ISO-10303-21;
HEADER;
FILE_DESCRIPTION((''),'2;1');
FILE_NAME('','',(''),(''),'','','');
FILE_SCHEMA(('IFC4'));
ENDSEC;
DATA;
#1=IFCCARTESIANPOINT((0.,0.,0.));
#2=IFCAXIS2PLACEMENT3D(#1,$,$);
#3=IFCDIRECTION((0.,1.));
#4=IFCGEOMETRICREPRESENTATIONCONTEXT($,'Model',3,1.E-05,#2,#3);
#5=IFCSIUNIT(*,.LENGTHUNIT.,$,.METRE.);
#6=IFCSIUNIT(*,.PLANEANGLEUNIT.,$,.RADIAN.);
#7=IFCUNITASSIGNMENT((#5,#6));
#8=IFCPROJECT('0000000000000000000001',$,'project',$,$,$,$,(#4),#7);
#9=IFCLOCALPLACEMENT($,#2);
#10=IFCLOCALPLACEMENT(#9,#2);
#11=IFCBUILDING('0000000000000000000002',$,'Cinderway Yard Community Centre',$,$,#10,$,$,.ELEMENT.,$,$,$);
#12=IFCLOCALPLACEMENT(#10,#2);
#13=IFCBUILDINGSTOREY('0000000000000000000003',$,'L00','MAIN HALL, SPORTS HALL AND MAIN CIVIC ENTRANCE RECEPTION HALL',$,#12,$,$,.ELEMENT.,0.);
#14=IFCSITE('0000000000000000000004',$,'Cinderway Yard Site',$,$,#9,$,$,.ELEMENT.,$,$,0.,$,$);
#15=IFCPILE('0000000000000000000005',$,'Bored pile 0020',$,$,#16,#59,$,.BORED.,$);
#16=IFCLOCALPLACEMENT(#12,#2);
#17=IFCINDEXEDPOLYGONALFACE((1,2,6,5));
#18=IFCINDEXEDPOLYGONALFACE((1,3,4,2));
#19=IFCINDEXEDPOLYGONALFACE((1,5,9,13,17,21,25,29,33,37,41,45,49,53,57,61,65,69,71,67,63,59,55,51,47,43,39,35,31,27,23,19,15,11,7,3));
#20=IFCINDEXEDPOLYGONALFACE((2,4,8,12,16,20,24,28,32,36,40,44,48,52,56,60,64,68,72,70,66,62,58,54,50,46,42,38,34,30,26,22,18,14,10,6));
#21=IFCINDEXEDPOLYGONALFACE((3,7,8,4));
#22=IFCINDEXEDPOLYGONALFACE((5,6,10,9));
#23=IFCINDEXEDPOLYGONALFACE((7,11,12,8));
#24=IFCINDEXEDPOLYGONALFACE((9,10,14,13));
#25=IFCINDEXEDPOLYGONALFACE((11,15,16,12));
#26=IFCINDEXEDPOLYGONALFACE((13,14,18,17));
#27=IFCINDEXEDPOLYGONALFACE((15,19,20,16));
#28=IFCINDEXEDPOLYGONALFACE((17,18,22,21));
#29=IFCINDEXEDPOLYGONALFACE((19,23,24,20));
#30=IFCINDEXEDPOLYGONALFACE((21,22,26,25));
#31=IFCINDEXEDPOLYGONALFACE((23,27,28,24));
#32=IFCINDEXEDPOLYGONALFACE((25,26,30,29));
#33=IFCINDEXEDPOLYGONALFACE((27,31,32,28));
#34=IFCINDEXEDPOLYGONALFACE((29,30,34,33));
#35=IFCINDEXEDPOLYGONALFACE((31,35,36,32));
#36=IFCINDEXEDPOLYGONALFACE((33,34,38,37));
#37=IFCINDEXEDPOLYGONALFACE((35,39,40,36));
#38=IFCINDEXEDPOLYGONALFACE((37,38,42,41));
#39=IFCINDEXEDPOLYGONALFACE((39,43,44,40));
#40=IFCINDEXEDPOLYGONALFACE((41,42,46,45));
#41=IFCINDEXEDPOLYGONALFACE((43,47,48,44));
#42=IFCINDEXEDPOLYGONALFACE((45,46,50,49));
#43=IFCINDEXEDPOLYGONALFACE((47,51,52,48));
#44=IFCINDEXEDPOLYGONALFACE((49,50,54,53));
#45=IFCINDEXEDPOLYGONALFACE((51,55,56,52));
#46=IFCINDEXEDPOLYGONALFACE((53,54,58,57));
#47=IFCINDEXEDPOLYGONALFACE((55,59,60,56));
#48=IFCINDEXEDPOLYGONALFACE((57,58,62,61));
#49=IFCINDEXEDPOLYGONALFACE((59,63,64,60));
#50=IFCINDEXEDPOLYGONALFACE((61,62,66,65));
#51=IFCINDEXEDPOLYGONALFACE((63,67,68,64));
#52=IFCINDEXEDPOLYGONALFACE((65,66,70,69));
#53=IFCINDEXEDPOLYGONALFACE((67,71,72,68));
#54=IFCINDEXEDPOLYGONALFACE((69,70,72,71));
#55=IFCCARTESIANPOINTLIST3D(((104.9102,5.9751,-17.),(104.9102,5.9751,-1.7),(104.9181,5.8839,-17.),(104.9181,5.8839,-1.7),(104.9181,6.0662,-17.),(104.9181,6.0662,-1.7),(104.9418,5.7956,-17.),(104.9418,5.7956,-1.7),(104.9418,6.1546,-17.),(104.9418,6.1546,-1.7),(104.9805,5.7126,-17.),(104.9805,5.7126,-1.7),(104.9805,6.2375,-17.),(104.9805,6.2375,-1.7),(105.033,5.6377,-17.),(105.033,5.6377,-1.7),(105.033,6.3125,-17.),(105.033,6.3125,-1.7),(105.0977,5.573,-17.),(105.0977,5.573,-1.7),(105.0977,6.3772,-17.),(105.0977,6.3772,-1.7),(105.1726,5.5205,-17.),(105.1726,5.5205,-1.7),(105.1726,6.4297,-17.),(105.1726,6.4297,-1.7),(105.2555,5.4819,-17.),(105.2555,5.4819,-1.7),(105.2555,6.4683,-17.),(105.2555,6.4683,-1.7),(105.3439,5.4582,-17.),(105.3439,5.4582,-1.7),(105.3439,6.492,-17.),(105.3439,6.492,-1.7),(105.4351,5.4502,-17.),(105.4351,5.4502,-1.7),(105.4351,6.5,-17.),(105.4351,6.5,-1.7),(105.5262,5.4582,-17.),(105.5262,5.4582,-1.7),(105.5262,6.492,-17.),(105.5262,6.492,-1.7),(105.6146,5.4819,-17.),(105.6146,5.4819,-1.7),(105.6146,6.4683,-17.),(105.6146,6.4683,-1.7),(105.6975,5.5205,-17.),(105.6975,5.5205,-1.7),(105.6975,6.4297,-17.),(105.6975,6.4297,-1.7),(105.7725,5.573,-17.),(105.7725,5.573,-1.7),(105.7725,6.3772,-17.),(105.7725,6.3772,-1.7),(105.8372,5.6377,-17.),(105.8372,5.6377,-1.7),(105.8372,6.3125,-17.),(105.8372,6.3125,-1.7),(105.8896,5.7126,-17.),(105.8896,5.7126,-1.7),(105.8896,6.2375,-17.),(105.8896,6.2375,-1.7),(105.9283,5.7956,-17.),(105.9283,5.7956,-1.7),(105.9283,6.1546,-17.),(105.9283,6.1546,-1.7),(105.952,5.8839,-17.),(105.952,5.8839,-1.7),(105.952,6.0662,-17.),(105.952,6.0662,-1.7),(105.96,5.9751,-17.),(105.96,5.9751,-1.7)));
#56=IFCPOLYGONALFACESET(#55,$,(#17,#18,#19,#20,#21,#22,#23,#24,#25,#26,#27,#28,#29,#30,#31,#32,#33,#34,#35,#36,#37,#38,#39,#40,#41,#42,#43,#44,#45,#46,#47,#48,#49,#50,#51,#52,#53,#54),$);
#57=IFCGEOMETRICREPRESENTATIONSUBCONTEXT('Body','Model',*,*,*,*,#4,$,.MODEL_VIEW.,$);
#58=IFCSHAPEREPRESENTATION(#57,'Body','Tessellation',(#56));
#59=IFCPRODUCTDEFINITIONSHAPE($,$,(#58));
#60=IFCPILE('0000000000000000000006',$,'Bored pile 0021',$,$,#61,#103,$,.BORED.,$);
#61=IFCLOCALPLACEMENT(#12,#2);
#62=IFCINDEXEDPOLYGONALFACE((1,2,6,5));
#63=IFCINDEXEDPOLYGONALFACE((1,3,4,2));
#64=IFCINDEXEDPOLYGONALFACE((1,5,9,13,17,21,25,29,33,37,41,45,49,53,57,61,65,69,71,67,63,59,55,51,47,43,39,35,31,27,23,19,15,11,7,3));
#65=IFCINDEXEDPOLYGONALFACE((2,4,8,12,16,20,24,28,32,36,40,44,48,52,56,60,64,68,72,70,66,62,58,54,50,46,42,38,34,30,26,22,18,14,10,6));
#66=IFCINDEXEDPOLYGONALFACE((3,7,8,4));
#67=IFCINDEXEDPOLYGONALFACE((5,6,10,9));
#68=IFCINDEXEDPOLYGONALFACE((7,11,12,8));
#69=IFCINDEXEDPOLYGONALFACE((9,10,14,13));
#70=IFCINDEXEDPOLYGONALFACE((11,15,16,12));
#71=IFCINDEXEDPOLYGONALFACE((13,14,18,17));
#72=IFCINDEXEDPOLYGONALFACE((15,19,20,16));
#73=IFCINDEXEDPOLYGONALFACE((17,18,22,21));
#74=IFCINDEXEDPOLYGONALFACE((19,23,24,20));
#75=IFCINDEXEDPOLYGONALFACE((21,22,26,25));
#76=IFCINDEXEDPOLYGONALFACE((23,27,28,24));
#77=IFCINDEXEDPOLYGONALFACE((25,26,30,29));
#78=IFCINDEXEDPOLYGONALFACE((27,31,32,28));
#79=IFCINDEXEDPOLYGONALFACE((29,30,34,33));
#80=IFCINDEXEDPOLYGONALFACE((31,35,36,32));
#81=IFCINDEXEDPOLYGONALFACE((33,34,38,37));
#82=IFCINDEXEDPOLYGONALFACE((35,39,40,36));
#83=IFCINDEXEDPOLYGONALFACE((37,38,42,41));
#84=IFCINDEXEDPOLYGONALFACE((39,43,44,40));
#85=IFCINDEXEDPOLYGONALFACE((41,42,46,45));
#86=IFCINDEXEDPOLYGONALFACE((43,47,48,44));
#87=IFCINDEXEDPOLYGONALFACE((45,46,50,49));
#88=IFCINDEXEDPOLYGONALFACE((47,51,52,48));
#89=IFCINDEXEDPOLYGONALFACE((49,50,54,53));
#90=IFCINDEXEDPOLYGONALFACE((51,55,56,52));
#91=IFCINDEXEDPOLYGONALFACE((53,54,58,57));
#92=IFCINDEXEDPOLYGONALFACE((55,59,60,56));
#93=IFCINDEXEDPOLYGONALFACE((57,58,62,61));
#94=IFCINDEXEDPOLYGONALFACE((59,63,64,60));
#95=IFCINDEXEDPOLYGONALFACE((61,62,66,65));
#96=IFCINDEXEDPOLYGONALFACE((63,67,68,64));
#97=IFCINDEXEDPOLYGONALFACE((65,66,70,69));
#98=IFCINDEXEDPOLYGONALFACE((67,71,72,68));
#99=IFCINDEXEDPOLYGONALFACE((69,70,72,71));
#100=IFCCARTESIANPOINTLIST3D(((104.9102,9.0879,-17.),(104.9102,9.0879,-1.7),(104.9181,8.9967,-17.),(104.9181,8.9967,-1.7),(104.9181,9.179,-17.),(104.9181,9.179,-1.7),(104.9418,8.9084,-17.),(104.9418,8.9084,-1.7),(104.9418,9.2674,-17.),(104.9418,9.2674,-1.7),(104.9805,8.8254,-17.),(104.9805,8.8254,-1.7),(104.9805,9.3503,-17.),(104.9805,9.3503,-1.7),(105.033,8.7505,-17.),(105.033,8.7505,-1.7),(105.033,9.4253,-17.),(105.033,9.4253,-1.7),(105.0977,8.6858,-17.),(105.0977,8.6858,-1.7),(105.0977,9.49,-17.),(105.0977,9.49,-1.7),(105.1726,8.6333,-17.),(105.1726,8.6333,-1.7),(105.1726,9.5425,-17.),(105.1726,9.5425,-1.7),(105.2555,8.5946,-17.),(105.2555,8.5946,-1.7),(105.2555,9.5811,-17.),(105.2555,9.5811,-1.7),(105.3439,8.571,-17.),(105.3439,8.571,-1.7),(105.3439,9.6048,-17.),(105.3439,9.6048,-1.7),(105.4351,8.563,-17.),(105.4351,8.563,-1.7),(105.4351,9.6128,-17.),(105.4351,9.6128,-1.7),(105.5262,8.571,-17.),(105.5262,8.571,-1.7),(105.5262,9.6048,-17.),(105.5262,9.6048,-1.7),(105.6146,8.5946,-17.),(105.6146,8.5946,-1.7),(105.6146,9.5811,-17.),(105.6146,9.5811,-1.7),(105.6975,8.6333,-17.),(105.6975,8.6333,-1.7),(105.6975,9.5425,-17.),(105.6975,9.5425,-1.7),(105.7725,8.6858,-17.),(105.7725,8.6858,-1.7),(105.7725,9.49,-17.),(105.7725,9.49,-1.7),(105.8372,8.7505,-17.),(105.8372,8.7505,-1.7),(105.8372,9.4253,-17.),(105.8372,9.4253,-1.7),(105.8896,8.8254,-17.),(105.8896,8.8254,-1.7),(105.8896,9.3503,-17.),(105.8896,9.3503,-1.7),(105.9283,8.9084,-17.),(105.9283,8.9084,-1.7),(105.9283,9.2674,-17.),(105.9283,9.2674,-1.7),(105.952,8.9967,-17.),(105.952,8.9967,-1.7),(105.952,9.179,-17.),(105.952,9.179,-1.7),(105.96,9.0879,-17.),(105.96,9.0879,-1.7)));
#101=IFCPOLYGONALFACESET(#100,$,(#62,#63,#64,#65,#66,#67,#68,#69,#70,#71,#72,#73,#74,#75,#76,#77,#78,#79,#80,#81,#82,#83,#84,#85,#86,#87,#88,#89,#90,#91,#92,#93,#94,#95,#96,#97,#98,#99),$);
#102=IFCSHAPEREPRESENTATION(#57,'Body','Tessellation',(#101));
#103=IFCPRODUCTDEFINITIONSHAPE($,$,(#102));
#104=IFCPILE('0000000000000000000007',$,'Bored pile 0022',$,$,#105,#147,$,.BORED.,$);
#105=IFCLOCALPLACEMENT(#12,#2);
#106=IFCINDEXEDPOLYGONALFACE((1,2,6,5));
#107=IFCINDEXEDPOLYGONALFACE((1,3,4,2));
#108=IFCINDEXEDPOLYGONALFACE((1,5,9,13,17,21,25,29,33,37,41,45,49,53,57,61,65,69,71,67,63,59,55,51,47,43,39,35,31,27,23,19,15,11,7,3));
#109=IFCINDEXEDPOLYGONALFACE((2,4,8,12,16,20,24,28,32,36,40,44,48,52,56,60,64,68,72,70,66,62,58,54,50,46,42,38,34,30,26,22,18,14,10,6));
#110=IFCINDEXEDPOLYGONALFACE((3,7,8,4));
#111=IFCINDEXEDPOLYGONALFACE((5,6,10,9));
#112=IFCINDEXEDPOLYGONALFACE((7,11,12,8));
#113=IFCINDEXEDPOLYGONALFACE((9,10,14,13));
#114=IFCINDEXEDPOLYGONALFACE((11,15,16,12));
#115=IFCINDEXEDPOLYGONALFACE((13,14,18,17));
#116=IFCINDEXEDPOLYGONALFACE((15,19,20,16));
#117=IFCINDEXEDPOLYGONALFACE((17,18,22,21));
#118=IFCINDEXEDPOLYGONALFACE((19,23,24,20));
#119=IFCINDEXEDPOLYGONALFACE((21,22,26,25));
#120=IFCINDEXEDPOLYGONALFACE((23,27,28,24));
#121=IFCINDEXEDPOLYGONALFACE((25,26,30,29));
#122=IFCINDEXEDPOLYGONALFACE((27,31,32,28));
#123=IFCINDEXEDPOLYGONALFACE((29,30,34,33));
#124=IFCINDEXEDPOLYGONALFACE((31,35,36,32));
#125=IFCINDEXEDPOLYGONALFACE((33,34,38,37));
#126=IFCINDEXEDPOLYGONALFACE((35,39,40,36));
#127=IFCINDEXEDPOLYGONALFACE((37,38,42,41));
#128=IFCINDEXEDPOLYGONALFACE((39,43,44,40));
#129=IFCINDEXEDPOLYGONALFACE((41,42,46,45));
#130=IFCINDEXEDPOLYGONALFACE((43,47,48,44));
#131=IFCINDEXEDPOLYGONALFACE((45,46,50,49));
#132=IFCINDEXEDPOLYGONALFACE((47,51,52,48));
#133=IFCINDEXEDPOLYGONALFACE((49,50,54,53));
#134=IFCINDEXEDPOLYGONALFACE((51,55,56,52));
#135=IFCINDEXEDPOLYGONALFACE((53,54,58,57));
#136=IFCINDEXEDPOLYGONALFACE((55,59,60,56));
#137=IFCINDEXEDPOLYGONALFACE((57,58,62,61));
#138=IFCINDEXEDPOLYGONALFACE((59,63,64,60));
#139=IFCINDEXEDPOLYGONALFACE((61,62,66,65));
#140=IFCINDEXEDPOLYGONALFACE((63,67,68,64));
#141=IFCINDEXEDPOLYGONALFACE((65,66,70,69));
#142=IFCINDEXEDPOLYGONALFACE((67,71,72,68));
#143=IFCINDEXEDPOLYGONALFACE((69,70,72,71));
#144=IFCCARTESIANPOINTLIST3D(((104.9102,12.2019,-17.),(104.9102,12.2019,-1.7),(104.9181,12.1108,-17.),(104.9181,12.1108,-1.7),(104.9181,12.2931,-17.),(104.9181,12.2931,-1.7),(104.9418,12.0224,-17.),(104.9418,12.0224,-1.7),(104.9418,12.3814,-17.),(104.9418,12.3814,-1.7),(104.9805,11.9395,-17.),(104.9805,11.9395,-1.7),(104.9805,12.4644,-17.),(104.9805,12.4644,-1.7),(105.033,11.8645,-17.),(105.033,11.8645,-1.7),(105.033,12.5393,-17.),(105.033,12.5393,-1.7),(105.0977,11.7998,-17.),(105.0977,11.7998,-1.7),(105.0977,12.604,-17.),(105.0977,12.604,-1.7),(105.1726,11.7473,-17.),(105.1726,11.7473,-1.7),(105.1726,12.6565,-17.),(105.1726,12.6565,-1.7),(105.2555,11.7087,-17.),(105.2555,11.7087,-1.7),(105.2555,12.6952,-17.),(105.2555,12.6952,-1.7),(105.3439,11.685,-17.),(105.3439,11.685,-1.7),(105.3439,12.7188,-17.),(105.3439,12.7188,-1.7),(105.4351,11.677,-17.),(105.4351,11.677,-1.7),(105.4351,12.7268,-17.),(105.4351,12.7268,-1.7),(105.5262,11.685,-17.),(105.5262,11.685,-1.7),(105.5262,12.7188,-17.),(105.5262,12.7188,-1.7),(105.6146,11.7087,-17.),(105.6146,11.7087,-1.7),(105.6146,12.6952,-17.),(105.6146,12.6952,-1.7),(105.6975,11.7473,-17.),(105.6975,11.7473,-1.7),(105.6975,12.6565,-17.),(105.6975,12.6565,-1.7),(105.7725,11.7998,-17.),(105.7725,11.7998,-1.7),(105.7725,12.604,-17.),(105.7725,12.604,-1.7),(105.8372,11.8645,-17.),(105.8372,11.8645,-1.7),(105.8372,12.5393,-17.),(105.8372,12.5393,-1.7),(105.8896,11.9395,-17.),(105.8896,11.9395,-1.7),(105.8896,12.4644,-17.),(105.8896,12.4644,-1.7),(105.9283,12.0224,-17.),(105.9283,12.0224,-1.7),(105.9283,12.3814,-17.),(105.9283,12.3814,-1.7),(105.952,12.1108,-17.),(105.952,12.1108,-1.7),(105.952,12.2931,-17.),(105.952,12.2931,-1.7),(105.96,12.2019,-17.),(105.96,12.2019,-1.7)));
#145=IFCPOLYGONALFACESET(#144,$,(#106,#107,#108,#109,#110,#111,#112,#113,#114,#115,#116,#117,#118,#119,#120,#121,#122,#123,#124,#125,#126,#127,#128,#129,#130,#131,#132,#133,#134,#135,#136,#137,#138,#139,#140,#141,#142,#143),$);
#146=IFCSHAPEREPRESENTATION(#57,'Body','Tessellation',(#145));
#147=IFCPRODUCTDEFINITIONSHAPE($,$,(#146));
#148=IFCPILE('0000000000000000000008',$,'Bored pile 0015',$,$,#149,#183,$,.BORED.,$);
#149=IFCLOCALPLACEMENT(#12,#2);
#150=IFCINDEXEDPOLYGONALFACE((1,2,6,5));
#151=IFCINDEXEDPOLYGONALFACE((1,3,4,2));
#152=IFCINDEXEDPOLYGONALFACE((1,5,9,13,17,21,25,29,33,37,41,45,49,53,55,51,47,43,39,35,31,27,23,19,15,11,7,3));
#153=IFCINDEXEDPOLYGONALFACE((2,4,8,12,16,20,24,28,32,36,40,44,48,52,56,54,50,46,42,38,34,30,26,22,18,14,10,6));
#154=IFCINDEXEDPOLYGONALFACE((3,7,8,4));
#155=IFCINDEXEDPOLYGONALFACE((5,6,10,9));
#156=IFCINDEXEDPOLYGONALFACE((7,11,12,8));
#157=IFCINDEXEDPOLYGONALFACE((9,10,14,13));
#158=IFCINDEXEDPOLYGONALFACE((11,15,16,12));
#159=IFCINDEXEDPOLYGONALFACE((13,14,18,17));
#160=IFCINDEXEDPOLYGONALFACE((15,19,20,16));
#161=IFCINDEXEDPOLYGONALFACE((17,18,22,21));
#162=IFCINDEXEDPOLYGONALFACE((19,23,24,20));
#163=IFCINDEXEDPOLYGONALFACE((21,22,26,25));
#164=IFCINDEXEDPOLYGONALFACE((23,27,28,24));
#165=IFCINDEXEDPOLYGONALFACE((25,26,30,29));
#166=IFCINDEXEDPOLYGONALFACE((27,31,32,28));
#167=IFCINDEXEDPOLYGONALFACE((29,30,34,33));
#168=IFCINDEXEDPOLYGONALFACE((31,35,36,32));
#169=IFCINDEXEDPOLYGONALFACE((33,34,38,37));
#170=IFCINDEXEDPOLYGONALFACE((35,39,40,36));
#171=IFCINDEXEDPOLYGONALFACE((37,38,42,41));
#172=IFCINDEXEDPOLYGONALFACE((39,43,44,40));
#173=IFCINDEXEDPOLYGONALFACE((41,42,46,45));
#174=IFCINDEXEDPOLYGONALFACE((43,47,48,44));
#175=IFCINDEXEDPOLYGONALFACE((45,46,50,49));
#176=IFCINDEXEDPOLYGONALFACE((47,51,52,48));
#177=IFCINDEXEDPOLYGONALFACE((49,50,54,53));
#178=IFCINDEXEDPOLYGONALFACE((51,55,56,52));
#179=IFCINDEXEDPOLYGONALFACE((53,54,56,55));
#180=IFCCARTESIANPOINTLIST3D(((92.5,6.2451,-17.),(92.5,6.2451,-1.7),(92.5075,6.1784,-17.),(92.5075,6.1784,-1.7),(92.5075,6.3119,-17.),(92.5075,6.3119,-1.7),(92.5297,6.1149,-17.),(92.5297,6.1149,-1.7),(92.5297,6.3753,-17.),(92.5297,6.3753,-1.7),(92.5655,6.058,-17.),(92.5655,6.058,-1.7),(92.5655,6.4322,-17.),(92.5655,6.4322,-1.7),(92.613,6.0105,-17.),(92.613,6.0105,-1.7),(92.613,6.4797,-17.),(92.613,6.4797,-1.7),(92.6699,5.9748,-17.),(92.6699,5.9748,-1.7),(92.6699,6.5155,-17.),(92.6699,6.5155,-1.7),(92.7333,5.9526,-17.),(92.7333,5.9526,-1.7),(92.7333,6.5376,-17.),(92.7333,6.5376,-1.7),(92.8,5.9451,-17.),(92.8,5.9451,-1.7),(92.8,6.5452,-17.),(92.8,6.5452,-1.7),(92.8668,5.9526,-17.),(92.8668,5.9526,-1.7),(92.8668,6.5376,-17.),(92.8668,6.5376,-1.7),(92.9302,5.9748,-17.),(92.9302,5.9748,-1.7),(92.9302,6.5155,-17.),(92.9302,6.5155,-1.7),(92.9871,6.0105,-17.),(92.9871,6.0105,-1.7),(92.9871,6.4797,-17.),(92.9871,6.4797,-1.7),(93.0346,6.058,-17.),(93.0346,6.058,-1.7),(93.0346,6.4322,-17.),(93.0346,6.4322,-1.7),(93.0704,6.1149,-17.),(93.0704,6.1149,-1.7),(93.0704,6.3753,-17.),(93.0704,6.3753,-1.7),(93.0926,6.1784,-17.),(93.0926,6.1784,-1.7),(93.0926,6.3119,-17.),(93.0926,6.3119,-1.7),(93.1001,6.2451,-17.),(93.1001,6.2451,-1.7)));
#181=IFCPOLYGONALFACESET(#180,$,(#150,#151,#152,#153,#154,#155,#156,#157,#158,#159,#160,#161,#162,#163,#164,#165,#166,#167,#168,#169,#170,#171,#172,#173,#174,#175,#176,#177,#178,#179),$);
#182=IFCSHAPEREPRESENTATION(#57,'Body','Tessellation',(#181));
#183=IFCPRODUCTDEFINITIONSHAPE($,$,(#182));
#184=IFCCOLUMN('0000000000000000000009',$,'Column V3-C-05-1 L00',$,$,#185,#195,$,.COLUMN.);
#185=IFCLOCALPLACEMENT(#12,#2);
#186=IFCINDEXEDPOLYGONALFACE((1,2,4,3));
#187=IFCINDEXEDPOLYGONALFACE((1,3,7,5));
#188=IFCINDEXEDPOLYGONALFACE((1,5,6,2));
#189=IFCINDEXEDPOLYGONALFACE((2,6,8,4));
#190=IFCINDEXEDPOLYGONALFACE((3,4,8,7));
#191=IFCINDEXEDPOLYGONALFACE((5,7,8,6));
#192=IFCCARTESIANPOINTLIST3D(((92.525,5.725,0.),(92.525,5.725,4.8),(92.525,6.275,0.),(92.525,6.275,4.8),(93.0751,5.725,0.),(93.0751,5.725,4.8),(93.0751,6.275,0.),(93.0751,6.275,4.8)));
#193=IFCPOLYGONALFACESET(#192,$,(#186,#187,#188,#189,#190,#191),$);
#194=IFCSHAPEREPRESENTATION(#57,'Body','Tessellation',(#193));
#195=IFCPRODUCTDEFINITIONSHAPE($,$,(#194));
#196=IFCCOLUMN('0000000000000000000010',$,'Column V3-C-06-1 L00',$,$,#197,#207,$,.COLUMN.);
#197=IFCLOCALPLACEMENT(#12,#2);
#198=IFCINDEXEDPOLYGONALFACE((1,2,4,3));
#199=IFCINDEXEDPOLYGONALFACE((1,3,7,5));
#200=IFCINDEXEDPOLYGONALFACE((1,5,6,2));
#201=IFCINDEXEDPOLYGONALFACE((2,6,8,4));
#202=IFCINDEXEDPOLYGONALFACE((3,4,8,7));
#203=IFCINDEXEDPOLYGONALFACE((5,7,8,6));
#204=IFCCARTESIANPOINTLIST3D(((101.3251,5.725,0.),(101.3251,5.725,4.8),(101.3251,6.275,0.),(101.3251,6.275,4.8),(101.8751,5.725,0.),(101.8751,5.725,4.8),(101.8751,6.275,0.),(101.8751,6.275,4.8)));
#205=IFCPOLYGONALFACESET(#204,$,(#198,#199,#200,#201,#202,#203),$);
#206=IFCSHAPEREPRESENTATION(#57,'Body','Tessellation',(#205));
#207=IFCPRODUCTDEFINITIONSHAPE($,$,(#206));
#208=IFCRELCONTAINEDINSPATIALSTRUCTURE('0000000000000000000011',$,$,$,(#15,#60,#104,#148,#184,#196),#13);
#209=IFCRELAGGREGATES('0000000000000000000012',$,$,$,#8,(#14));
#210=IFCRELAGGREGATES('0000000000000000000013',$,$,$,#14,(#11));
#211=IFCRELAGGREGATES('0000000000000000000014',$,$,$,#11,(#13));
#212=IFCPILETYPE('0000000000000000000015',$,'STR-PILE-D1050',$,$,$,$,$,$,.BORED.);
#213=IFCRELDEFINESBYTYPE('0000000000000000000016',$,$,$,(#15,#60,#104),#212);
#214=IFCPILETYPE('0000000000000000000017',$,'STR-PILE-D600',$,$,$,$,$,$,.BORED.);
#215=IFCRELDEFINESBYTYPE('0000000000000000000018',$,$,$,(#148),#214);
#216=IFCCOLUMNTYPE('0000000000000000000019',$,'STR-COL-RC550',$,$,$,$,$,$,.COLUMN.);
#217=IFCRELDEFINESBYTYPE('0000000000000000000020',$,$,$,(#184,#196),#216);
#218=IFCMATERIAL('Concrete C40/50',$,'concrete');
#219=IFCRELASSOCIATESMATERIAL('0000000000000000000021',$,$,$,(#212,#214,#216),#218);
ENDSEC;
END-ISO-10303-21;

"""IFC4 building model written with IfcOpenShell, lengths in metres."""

from ifc_helpers import new_model, si_unit, direction, frame, origin, origin_2d, place, context, subcontext, project, spatial, rectangle, circle, extrude, material, material_profile, profile_set, type_object, element, save


model = new_model("IFC4")

# Units and contexts
model_context = context("Model", 3, precision=1e-05, world=origin(), true_north=direction((0.0, 1.0)))
body_context = subcontext(model_context, "Body", "Model", "MODEL_VIEW")
ifc_project = project(units=[si_unit("LENGTHUNIT", "METRE"), si_unit("PLANEANGLEUNIT", "RADIAN")], contexts=[model_context])

# Site, building, storey
site_placement = place(None, origin())
site = spatial("IfcSite", under=ifc_project, at=site_placement, Name="Cinderway Yard Site", CompositionType="ELEMENT", RefElevation=0.0)
building_placement = place(site_placement, origin())
building = spatial("IfcBuilding", under=site, at=building_placement, Name="Cinderway Yard Community Centre", CompositionType="ELEMENT")
storey_placement = place(building_placement, origin())
storey = spatial("IfcBuildingStorey", under=building, at=storey_placement, Name="L00", Description="MAIN HALL, SPORTS HALL AND MAIN CIVIC ENTRANCE RECEPTION HALL", CompositionType="ELEMENT", Elevation=0.0)

# Shared definitions
ifc_material_1 = material(Name="Concrete C40/50", Category="concrete")

# Piles
ifc_material_profile_1 = material_profile(ifc_material_1, circle(Radius=0.5249, at=origin_2d()), Name="Concrete C40/50")
ifc_profile_set_1 = profile_set([ifc_material_profile_1], Name="Concrete C40/50")
pile_type_1 = type_object("IfcPileType", Name="STR-PILE-D1050", PredefinedType="BORED", material=ifc_profile_set_1)
for number, where, z_axis, x_axis, name in (
    (1, (105.4351, 5.9751, -1.7), (0.0, 0.0, -1.0), (1.0, 0.0, 0.0), "Bored pile 0020"),
    (2, (105.4351, 9.0879, -1.7), (0.0, 0.0, -1.0), (1.0, 0.0, 0.0), "Bored pile 0021"),
    (3, (105.4351, 12.2019, -1.7), (0.0, 0.0, -1.0), (1.0, 0.0, 0.0), "Bored pile 0022"),
):
    element("IfcPile", number, at=place(storey_placement, frame(where, z_axis=z_axis, x_axis=x_axis)), inside=storey, type_object=pile_type_1, Name=name, PredefinedType="BORED", context=body_context, shape_type="SweptSolid", body=[
        extrude(circle(Radius=0.5249, at=origin_2d()), origin(), (0.0, 0.0, 1.0), 15.3),
    ])
ifc_material_profile_2 = material_profile(ifc_material_1, circle(Radius=0.3, at=origin_2d()), Name="Concrete C40/50")
ifc_profile_set_2 = profile_set([ifc_material_profile_2], Name="Concrete C40/50")
pile_type_2 = type_object("IfcPileType", Name="STR-PILE-D600", PredefinedType="BORED", material=ifc_profile_set_2)
pile_placement = place(storey_placement, frame((92.8, 6.2451, -1.7), z_axis=(0.0, 0.0, -1.0), x_axis=(1.0, 0.0, 0.0)))
element("IfcPile", 4, at=pile_placement, inside=storey, type_object=pile_type_2, Name="Bored pile 0015", PredefinedType="BORED", context=body_context, shape_type="SweptSolid", body=[
    extrude(circle(Radius=0.3, at=origin_2d()), origin(), (0.0, 0.0, 1.0), 15.3),
])

# Columns
ifc_material_profile_3 = material_profile(ifc_material_1, rectangle(XDim=0.55, YDim=0.55, at=origin_2d()), Name="Concrete C40/50")
ifc_profile_set_3 = profile_set([ifc_material_profile_3], Name="Concrete C40/50")
column_type = type_object("IfcColumnType", Name="STR-COL-RC550", PredefinedType="COLUMN", material=ifc_profile_set_3)
for number, where, z_axis, x_axis, name in (
    (5, (92.8, 6.0, 0.0), (0.0, 0.0, 1.0), (1.0, 0.0, 0.0), "Column V3-C-05-1 L00"),
    (6, (101.6001, 6.0, 0.0), (0.0, 0.0, 1.0), (1.0, 0.0, 0.0), "Column V3-C-06-1 L00"),
):
    element("IfcColumn", number, at=place(storey_placement, frame(where, z_axis=z_axis, x_axis=x_axis)), inside=storey, type_object=column_type, Name=name, PredefinedType="COLUMN", context=body_context, shape_type="SweptSolid", body=[
        extrude(rectangle(XDim=0.55, YDim=0.55, at=origin_2d()), origin(), (0.0, 0.0, 1.0), 4.8),
    ])

save(model, "model.ifc")
